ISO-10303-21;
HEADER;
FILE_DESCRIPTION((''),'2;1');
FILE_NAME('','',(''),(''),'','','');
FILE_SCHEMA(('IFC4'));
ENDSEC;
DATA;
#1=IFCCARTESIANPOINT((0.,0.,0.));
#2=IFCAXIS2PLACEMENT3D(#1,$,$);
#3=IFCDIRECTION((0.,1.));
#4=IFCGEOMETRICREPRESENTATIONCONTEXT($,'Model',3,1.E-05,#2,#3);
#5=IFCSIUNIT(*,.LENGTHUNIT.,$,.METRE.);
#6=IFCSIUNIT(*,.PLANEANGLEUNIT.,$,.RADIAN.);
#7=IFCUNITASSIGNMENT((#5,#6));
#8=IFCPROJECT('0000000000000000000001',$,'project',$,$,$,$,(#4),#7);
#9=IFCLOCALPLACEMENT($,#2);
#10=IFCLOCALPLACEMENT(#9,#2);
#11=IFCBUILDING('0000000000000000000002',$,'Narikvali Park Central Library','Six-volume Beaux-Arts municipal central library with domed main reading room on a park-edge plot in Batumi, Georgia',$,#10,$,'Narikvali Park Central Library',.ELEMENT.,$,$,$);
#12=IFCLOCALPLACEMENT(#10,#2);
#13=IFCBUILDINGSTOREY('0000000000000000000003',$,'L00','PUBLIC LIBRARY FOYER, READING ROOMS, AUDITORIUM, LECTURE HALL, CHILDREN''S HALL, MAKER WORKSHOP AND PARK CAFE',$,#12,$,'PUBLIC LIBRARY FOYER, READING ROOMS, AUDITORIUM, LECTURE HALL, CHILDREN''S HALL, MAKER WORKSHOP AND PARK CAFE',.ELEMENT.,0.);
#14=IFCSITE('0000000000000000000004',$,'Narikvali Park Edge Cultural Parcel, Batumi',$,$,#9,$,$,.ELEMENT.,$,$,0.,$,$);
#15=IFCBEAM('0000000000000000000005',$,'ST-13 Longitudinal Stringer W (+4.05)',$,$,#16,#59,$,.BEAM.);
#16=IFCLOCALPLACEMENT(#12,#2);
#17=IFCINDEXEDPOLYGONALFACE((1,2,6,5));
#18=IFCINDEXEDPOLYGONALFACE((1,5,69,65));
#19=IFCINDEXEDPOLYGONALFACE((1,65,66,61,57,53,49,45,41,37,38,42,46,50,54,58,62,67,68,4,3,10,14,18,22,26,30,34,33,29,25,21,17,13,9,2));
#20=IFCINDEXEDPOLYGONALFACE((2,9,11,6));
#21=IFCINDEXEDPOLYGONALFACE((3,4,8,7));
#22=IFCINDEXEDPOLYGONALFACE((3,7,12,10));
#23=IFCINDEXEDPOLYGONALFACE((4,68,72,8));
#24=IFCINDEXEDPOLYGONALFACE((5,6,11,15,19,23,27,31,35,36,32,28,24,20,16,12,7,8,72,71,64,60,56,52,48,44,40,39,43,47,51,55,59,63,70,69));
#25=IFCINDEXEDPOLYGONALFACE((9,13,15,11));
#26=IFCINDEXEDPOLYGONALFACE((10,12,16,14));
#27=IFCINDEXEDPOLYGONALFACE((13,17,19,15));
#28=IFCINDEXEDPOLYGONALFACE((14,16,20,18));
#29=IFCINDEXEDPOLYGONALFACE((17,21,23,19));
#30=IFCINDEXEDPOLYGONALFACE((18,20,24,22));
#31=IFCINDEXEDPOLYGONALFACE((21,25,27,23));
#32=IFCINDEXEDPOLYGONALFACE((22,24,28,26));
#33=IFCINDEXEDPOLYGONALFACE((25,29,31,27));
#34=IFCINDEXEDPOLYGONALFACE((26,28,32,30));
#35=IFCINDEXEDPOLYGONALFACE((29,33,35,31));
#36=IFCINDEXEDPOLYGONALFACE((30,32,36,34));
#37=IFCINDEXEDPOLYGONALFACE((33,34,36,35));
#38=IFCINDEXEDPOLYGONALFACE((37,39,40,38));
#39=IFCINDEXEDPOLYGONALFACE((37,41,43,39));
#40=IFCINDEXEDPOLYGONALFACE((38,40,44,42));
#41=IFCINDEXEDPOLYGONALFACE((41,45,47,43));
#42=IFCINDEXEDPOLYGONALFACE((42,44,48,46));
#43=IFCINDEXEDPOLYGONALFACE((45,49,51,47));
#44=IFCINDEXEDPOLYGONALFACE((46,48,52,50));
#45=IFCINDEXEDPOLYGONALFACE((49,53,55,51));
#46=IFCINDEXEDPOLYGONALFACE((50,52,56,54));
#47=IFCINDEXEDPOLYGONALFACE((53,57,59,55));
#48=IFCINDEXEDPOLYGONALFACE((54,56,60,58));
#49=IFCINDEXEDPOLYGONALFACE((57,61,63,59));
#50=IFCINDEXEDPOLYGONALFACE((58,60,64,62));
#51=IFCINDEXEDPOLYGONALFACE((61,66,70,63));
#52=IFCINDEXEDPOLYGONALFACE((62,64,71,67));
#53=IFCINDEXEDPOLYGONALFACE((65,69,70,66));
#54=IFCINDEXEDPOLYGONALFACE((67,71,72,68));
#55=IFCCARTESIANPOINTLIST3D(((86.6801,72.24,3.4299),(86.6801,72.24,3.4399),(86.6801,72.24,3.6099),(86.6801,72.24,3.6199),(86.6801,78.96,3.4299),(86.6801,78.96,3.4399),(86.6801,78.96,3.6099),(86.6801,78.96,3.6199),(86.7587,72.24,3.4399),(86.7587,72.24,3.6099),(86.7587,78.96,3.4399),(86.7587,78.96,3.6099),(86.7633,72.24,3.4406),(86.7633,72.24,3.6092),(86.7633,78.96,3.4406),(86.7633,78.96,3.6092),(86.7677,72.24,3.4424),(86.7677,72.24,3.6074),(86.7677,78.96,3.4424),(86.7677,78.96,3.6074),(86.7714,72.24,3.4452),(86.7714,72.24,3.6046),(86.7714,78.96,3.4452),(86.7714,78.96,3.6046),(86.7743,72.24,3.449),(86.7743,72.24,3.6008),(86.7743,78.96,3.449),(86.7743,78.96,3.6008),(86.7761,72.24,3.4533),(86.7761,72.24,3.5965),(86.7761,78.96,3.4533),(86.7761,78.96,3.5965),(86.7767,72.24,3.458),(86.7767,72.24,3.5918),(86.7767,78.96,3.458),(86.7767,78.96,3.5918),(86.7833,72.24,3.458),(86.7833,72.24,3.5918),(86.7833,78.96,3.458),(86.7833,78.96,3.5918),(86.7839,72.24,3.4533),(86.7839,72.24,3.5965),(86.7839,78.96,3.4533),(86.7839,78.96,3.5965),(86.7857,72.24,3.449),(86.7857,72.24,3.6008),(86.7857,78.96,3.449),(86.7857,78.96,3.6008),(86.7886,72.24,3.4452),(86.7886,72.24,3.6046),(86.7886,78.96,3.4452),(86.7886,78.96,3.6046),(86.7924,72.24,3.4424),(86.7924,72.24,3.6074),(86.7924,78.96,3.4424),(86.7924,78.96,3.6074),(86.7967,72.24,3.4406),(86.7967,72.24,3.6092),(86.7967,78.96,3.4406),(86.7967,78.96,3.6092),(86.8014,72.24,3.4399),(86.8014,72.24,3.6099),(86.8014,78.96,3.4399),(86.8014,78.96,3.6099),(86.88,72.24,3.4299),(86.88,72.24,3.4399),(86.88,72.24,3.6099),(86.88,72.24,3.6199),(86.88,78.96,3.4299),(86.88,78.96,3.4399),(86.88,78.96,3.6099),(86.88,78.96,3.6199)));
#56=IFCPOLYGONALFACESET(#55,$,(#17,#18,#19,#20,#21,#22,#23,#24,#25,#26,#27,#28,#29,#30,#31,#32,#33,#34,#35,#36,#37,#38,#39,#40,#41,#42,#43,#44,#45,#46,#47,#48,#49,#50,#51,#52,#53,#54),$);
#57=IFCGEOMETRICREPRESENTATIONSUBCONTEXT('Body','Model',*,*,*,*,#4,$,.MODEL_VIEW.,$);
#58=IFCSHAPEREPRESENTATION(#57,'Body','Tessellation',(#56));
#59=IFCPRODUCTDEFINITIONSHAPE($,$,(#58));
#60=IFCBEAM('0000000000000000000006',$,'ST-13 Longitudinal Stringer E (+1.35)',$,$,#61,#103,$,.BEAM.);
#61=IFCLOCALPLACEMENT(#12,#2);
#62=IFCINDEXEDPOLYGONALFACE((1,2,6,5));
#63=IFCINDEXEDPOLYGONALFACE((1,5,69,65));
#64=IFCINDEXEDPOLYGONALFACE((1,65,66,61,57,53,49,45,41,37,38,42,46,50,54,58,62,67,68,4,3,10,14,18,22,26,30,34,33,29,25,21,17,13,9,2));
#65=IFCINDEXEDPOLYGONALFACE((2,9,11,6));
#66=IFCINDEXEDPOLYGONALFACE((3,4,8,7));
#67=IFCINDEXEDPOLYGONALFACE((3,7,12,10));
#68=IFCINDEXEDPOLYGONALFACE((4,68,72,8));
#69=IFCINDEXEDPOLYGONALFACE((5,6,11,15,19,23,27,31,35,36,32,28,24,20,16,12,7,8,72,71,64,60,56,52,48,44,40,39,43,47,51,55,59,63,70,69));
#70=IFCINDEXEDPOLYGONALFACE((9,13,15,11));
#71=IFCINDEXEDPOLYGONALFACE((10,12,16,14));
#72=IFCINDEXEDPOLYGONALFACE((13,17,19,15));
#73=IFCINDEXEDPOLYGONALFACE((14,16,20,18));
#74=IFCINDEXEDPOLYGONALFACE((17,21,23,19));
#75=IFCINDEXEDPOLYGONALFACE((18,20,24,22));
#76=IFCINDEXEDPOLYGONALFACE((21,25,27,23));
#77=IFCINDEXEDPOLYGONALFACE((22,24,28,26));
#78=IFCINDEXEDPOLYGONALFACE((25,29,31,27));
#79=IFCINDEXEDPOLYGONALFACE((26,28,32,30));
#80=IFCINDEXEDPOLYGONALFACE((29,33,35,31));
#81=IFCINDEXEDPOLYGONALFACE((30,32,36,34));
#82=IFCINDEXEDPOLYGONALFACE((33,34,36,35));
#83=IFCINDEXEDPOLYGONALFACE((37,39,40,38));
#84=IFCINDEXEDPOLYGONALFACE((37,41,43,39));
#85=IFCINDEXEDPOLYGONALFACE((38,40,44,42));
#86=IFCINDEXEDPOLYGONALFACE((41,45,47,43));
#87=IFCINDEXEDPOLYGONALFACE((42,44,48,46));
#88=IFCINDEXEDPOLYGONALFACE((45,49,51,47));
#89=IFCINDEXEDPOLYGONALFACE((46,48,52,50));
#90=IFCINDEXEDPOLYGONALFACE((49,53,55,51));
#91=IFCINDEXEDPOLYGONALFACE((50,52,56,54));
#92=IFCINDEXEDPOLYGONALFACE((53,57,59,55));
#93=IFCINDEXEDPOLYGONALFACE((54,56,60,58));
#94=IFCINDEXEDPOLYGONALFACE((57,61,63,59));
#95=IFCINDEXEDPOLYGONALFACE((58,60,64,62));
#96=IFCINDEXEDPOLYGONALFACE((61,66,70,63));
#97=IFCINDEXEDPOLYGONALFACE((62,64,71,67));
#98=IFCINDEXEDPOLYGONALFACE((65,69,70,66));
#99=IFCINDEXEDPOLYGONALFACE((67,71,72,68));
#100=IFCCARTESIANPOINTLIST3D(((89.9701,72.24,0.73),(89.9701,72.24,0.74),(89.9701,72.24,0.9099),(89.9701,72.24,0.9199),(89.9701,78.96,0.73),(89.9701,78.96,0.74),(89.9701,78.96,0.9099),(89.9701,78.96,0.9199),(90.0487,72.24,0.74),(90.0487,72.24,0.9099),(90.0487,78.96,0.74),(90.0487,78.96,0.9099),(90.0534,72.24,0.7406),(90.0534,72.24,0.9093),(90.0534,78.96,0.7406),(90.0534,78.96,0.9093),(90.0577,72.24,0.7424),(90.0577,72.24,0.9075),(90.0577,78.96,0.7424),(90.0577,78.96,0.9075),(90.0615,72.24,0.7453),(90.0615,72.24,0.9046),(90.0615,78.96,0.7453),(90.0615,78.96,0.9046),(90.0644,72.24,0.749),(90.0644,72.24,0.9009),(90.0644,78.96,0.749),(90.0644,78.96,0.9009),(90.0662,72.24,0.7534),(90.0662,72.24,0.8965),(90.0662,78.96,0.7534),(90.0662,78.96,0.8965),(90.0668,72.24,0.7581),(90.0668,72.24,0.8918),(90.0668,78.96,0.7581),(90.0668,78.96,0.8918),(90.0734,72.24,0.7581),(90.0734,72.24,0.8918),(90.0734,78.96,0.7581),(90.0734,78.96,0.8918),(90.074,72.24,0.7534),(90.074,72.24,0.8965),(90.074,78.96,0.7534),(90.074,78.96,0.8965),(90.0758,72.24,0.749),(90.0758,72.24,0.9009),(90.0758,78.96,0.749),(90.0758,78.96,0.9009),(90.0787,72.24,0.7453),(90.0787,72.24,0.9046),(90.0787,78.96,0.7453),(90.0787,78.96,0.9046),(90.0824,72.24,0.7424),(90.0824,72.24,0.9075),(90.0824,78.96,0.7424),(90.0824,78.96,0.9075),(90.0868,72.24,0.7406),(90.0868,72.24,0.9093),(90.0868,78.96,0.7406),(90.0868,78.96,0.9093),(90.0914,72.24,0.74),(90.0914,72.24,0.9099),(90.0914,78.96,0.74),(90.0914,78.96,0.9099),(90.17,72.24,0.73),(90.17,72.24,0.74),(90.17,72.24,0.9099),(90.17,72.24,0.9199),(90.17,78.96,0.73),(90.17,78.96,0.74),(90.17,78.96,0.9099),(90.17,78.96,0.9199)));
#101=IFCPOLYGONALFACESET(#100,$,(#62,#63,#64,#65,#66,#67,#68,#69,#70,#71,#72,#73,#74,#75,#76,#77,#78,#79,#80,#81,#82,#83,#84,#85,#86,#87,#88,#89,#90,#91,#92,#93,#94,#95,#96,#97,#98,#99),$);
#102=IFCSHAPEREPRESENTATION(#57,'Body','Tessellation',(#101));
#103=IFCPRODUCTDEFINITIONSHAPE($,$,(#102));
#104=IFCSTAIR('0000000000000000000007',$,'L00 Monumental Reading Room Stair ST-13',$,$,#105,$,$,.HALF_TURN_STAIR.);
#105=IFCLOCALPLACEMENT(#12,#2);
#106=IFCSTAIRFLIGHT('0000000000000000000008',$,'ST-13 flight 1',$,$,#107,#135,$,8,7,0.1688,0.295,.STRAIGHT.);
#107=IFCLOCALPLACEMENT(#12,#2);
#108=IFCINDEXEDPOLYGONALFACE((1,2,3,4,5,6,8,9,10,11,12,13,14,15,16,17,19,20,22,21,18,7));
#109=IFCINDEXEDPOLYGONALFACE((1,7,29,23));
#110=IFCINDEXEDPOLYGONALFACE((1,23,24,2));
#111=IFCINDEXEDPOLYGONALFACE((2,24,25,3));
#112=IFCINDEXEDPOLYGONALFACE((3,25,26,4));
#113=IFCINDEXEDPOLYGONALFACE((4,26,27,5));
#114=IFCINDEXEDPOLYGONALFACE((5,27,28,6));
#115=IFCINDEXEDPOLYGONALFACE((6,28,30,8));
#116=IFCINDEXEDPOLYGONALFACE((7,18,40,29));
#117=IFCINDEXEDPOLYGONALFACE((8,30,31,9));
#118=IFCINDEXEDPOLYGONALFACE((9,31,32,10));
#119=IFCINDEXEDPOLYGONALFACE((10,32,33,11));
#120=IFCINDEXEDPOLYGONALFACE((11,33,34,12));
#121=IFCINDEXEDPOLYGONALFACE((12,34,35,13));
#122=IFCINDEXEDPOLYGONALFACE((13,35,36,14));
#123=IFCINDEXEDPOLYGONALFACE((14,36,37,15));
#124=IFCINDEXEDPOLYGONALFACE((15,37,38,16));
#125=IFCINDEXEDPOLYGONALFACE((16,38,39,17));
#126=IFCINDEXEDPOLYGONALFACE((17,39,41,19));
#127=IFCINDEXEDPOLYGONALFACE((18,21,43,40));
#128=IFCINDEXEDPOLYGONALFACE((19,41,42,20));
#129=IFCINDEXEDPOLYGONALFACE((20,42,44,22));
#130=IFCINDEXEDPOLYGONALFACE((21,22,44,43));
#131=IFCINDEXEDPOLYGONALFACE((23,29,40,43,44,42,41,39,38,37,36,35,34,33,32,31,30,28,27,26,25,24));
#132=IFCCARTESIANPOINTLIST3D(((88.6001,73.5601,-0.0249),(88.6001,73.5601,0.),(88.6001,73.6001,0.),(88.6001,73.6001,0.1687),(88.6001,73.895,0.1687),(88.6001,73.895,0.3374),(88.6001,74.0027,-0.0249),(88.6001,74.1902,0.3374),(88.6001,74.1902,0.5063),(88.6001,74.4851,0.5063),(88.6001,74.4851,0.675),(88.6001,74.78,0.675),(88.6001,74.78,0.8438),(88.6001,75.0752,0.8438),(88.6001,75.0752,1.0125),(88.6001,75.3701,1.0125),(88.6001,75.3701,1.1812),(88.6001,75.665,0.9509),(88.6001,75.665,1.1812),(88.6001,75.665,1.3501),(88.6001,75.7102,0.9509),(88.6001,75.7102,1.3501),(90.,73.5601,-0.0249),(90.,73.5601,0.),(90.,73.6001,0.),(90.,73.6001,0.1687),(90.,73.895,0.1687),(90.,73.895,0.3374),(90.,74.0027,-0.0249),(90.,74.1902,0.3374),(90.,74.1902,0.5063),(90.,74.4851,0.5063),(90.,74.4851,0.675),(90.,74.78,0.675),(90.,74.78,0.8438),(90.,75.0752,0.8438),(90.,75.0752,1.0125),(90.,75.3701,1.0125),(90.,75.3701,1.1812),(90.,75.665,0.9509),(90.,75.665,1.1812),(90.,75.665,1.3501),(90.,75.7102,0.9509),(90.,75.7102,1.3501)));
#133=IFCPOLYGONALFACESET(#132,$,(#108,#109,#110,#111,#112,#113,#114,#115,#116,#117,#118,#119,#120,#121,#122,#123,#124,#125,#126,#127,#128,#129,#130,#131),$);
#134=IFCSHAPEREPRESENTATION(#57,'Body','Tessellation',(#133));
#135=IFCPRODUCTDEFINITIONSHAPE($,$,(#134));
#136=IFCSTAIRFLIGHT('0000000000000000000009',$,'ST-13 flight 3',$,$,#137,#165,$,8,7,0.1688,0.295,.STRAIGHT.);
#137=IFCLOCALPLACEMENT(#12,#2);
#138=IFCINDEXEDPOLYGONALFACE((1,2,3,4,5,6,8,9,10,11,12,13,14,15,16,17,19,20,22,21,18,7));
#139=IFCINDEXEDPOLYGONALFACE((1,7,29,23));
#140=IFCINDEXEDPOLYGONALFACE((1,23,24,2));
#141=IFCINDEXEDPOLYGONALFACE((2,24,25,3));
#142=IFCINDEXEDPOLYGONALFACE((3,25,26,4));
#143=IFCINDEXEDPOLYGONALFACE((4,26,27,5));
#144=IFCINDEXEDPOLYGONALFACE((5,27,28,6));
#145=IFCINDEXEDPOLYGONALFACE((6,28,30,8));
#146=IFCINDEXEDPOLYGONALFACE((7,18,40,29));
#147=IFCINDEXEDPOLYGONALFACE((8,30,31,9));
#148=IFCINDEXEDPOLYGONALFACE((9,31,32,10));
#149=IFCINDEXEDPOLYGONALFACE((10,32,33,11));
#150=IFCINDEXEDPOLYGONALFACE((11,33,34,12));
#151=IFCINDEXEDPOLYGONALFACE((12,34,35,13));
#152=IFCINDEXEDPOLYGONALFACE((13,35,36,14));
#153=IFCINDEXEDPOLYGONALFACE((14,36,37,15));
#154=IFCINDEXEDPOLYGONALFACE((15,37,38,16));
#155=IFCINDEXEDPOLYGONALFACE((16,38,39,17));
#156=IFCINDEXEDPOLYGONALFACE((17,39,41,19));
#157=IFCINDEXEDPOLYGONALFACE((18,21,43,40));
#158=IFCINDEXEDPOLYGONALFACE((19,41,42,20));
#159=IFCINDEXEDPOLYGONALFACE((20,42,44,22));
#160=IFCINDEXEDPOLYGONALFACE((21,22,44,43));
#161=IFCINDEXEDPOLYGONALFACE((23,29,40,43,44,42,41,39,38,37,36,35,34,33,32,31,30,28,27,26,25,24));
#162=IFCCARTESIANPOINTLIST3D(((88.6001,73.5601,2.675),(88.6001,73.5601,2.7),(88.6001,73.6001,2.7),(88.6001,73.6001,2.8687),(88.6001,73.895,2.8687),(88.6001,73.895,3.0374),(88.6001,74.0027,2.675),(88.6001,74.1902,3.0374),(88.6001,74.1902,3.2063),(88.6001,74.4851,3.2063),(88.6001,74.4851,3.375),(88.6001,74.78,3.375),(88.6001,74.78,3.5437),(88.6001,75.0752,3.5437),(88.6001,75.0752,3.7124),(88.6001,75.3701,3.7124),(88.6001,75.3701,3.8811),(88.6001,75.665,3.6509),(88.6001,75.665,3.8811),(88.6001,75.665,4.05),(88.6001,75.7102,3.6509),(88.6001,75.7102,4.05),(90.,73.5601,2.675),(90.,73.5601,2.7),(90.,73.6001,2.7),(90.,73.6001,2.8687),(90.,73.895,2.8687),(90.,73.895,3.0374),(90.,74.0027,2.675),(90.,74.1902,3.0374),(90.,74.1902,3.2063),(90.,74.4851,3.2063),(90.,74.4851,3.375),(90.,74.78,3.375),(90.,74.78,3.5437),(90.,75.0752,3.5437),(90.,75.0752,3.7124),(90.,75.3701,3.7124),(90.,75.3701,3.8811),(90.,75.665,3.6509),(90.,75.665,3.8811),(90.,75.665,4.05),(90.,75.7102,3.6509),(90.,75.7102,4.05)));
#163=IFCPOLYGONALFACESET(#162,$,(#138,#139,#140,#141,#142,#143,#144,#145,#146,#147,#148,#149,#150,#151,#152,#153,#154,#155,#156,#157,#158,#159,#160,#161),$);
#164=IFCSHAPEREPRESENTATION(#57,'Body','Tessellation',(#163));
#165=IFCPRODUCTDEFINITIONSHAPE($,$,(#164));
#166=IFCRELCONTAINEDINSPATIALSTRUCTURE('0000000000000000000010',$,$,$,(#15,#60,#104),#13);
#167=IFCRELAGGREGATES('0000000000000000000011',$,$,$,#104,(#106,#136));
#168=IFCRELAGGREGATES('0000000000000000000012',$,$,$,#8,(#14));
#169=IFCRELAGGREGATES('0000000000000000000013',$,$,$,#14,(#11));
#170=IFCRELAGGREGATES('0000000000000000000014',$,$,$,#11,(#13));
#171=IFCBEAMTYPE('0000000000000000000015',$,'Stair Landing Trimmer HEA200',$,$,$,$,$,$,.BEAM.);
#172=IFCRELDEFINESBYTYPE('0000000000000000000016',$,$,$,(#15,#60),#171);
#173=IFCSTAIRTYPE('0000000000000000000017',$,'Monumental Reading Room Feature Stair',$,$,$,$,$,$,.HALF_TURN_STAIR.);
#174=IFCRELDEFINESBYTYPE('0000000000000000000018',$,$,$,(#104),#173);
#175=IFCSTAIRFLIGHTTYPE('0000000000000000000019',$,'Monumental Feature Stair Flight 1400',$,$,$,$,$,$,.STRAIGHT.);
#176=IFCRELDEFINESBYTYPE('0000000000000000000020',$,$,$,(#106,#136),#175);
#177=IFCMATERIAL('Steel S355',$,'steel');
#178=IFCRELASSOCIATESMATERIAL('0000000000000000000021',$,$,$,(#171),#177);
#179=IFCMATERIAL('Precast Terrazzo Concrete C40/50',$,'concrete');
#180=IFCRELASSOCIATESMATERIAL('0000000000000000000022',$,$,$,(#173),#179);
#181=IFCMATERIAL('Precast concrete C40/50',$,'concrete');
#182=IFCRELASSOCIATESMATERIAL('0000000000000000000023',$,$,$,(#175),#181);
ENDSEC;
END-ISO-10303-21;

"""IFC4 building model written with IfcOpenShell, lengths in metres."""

from ifc_helpers import new_model, si_unit, direction, frame, origin, origin_2d, place, context, subcontext, project, spatial, polyline, i_section, outline, extrude, material, material_profile, profile_set, type_object, element, aggregate, save


model = new_model("IFC4")

# Units and contexts
model_context = context("Model", 3, precision=1e-05, world=origin(), true_north=direction((0.0, 1.0)))
body_context = subcontext(model_context, "Body", "Model", "MODEL_VIEW")
ifc_project = project(units=[si_unit("LENGTHUNIT", "METRE"), si_unit("PLANEANGLEUNIT", "RADIAN")], contexts=[model_context])

# Site, building, storey
site_placement = place(None, origin())
site = spatial("IfcSite", under=ifc_project, at=site_placement, Name="Narikvali Park Edge Cultural Parcel, Batumi", CompositionType="ELEMENT", RefElevation=0.0)
building_placement = place(site_placement, origin())
building = spatial("IfcBuilding", under=site, at=building_placement, Name="Narikvali Park Central Library", Description="Six-volume Beaux-Arts municipal central library with domed main reading room on a park-edge plot in Batumi, Georgia", LongName="Narikvali Park Central Library", CompositionType="ELEMENT")
storey_placement = place(building_placement, origin())
storey = spatial("IfcBuildingStorey", under=building, at=storey_placement, Name="L00", Description="PUBLIC LIBRARY FOYER, READING ROOMS, AUDITORIUM, LECTURE HALL, CHILDREN'S HALL, MAKER WORKSHOP AND PARK CAFE", LongName="PUBLIC LIBRARY FOYER, READING ROOMS, AUDITORIUM, LECTURE HALL, CHILDREN'S HALL, MAKER WORKSHOP AND PARK CAFE", CompositionType="ELEMENT", Elevation=0.0)

# Shared definitions
ifc_material_1 = material(Name="Steel S355", Category="steel")

# Beams
ifc_material_profile_1 = material_profile(ifc_material_1, i_section(OverallWidth=0.2, OverallDepth=0.1899, WebThickness=0.0066, FlangeThickness=0.01, FilletRadius=0.0181, at=origin_2d()), Name="HEA 200")
ifc_profile_set_1 = profile_set([ifc_material_profile_1], Name="Steel S355")
beam_type_1 = type_object("IfcBeamType", Name="Stair Landing Trimmer HEA200", PredefinedType="BEAM", material=ifc_profile_set_1)
for number, where, z_axis, x_axis, name in (
    (1, (86.78, 72.24, 3.5249), (0.0, 1.0, 0.0), (-1.0, 0.0, 0.0), "ST-13 Longitudinal Stringer W (+4.05)"),
    (2, (90.0701, 72.24, 0.825), (0.0, 1.0, 0.0), (-1.0, 0.0, 0.0), "ST-13 Longitudinal Stringer E (+1.35)"),
):
    element("IfcBeam", number, at=place(storey_placement, frame(where, z_axis=z_axis, x_axis=x_axis)), inside=storey, type_object=beam_type_1, Name=name, PredefinedType="BEAM", context=body_context, shape_type="SweptSolid", body=[
        extrude(i_section(OverallWidth=0.2, OverallDepth=0.1899, WebThickness=0.0066, FlangeThickness=0.01, FilletRadius=0.0181, at=origin_2d()), origin(), (0.0, 0.0, 1.0), 6.72),
    ])

# Stair, stair flights
ifc_material_2 = material(Name="Precast Terrazzo Concrete C40/50", Category="concrete")
stair_type = type_object("IfcStairType", Name="Monumental Reading Room Feature Stair", PredefinedType="HALF_TURN_STAIR", material=ifc_material_2)
stair_placement = place(storey_placement, origin())
stair = element("IfcStair", 3, at=stair_placement, inside=storey, type_object=stair_type, Name="L00 Monumental Reading Room Stair ST-13", PredefinedType="HALF_TURN_STAIR")
ifc_material_3 = material(Name="Precast concrete C40/50", Category="concrete")
stair_flight_type = type_object("IfcStairFlightType", Name="Monumental Feature Stair Flight 1400", PredefinedType="STRAIGHT", material=ifc_material_3)
stair_flight_1_placement = place(storey_placement, frame((89.3, 73.6001, 0.0), z_axis=(0.0, 0.0, 1.0), x_axis=(0.0, 1.0, 0.0)))
stair_flight_1 = element("IfcStairFlight", 4, at=stair_flight_1_placement, type_object=stair_flight_type, Name="ST-13 flight 1", NumberOfRisers=8, NumberOfTreads=7, PredefinedType="STRAIGHT", RiserHeight=0.1688, TreadLength=0.295, context=body_context, shape_type="SweptSolid", body=[
    extrude(outline(polyline([(-0.04, -0.0249), (-0.04, 0.0), (0.0, 0.0), (0.0, 0.1687), (0.2949, 0.1687), (0.2949, 0.3374), (0.5901, 0.3374), (0.5901, 0.5063), (0.885, 0.5063), (0.885, 0.675), (1.1799, 0.675), (1.1799, 0.8438), (1.4751, 0.8438), (1.4751, 1.0125), (1.77, 1.0125), (1.77, 1.1812), (2.0649, 1.1812), (2.0649, 1.3501), (2.1101, 1.3501), (2.1101, 0.9509), (2.0649, 0.9509), (0.4026, -0.0249), (-0.04, -0.0249)])), frame((0.0, 0.7, 0.0), z_axis=(0.0, -1.0, 0.0), x_axis=(1.0, 0.0, 0.0)), (0.0, 0.0, 1.0), 1.3999),
])
stair_flight_2_placement = place(storey_placement, frame((89.3, 73.6001, 2.7), z_axis=(0.0, 0.0, 1.0), x_axis=(0.0, 1.0, 0.0)))
stair_flight_2 = element("IfcStairFlight", 5, at=stair_flight_2_placement, type_object=stair_flight_type, Name="ST-13 flight 3", NumberOfRisers=8, NumberOfTreads=7, PredefinedType="STRAIGHT", RiserHeight=0.1688, TreadLength=0.295, context=body_context, shape_type="SweptSolid", body=[
    extrude(outline(polyline([(-0.04, -0.0249), (-0.04, 0.0), (0.0, 0.0), (0.0, 0.1687), (0.2949, 0.1687), (0.2949, 0.3374), (0.5901, 0.3374), (0.5901, 0.5063), (0.885, 0.5063), (0.885, 0.675), (1.1799, 0.675), (1.1799, 0.8438), (1.4751, 0.8438), (1.4751, 1.0125), (1.77, 1.0125), (1.77, 1.1812), (2.0649, 1.1812), (2.0649, 1.3501), (2.1101, 1.3501), (2.1101, 0.9509), (2.0649, 0.9509), (0.4026, -0.0249), (-0.04, -0.0249)])), frame((0.0, 0.7, 0.0), z_axis=(0.0, -1.0, 0.0), x_axis=(1.0, 0.0, 0.0)), (0.0, 0.0, 1.0), 1.3999),
])
aggregate(stair, [stair_flight_1, stair_flight_2])

save(model, "model.ifc")
